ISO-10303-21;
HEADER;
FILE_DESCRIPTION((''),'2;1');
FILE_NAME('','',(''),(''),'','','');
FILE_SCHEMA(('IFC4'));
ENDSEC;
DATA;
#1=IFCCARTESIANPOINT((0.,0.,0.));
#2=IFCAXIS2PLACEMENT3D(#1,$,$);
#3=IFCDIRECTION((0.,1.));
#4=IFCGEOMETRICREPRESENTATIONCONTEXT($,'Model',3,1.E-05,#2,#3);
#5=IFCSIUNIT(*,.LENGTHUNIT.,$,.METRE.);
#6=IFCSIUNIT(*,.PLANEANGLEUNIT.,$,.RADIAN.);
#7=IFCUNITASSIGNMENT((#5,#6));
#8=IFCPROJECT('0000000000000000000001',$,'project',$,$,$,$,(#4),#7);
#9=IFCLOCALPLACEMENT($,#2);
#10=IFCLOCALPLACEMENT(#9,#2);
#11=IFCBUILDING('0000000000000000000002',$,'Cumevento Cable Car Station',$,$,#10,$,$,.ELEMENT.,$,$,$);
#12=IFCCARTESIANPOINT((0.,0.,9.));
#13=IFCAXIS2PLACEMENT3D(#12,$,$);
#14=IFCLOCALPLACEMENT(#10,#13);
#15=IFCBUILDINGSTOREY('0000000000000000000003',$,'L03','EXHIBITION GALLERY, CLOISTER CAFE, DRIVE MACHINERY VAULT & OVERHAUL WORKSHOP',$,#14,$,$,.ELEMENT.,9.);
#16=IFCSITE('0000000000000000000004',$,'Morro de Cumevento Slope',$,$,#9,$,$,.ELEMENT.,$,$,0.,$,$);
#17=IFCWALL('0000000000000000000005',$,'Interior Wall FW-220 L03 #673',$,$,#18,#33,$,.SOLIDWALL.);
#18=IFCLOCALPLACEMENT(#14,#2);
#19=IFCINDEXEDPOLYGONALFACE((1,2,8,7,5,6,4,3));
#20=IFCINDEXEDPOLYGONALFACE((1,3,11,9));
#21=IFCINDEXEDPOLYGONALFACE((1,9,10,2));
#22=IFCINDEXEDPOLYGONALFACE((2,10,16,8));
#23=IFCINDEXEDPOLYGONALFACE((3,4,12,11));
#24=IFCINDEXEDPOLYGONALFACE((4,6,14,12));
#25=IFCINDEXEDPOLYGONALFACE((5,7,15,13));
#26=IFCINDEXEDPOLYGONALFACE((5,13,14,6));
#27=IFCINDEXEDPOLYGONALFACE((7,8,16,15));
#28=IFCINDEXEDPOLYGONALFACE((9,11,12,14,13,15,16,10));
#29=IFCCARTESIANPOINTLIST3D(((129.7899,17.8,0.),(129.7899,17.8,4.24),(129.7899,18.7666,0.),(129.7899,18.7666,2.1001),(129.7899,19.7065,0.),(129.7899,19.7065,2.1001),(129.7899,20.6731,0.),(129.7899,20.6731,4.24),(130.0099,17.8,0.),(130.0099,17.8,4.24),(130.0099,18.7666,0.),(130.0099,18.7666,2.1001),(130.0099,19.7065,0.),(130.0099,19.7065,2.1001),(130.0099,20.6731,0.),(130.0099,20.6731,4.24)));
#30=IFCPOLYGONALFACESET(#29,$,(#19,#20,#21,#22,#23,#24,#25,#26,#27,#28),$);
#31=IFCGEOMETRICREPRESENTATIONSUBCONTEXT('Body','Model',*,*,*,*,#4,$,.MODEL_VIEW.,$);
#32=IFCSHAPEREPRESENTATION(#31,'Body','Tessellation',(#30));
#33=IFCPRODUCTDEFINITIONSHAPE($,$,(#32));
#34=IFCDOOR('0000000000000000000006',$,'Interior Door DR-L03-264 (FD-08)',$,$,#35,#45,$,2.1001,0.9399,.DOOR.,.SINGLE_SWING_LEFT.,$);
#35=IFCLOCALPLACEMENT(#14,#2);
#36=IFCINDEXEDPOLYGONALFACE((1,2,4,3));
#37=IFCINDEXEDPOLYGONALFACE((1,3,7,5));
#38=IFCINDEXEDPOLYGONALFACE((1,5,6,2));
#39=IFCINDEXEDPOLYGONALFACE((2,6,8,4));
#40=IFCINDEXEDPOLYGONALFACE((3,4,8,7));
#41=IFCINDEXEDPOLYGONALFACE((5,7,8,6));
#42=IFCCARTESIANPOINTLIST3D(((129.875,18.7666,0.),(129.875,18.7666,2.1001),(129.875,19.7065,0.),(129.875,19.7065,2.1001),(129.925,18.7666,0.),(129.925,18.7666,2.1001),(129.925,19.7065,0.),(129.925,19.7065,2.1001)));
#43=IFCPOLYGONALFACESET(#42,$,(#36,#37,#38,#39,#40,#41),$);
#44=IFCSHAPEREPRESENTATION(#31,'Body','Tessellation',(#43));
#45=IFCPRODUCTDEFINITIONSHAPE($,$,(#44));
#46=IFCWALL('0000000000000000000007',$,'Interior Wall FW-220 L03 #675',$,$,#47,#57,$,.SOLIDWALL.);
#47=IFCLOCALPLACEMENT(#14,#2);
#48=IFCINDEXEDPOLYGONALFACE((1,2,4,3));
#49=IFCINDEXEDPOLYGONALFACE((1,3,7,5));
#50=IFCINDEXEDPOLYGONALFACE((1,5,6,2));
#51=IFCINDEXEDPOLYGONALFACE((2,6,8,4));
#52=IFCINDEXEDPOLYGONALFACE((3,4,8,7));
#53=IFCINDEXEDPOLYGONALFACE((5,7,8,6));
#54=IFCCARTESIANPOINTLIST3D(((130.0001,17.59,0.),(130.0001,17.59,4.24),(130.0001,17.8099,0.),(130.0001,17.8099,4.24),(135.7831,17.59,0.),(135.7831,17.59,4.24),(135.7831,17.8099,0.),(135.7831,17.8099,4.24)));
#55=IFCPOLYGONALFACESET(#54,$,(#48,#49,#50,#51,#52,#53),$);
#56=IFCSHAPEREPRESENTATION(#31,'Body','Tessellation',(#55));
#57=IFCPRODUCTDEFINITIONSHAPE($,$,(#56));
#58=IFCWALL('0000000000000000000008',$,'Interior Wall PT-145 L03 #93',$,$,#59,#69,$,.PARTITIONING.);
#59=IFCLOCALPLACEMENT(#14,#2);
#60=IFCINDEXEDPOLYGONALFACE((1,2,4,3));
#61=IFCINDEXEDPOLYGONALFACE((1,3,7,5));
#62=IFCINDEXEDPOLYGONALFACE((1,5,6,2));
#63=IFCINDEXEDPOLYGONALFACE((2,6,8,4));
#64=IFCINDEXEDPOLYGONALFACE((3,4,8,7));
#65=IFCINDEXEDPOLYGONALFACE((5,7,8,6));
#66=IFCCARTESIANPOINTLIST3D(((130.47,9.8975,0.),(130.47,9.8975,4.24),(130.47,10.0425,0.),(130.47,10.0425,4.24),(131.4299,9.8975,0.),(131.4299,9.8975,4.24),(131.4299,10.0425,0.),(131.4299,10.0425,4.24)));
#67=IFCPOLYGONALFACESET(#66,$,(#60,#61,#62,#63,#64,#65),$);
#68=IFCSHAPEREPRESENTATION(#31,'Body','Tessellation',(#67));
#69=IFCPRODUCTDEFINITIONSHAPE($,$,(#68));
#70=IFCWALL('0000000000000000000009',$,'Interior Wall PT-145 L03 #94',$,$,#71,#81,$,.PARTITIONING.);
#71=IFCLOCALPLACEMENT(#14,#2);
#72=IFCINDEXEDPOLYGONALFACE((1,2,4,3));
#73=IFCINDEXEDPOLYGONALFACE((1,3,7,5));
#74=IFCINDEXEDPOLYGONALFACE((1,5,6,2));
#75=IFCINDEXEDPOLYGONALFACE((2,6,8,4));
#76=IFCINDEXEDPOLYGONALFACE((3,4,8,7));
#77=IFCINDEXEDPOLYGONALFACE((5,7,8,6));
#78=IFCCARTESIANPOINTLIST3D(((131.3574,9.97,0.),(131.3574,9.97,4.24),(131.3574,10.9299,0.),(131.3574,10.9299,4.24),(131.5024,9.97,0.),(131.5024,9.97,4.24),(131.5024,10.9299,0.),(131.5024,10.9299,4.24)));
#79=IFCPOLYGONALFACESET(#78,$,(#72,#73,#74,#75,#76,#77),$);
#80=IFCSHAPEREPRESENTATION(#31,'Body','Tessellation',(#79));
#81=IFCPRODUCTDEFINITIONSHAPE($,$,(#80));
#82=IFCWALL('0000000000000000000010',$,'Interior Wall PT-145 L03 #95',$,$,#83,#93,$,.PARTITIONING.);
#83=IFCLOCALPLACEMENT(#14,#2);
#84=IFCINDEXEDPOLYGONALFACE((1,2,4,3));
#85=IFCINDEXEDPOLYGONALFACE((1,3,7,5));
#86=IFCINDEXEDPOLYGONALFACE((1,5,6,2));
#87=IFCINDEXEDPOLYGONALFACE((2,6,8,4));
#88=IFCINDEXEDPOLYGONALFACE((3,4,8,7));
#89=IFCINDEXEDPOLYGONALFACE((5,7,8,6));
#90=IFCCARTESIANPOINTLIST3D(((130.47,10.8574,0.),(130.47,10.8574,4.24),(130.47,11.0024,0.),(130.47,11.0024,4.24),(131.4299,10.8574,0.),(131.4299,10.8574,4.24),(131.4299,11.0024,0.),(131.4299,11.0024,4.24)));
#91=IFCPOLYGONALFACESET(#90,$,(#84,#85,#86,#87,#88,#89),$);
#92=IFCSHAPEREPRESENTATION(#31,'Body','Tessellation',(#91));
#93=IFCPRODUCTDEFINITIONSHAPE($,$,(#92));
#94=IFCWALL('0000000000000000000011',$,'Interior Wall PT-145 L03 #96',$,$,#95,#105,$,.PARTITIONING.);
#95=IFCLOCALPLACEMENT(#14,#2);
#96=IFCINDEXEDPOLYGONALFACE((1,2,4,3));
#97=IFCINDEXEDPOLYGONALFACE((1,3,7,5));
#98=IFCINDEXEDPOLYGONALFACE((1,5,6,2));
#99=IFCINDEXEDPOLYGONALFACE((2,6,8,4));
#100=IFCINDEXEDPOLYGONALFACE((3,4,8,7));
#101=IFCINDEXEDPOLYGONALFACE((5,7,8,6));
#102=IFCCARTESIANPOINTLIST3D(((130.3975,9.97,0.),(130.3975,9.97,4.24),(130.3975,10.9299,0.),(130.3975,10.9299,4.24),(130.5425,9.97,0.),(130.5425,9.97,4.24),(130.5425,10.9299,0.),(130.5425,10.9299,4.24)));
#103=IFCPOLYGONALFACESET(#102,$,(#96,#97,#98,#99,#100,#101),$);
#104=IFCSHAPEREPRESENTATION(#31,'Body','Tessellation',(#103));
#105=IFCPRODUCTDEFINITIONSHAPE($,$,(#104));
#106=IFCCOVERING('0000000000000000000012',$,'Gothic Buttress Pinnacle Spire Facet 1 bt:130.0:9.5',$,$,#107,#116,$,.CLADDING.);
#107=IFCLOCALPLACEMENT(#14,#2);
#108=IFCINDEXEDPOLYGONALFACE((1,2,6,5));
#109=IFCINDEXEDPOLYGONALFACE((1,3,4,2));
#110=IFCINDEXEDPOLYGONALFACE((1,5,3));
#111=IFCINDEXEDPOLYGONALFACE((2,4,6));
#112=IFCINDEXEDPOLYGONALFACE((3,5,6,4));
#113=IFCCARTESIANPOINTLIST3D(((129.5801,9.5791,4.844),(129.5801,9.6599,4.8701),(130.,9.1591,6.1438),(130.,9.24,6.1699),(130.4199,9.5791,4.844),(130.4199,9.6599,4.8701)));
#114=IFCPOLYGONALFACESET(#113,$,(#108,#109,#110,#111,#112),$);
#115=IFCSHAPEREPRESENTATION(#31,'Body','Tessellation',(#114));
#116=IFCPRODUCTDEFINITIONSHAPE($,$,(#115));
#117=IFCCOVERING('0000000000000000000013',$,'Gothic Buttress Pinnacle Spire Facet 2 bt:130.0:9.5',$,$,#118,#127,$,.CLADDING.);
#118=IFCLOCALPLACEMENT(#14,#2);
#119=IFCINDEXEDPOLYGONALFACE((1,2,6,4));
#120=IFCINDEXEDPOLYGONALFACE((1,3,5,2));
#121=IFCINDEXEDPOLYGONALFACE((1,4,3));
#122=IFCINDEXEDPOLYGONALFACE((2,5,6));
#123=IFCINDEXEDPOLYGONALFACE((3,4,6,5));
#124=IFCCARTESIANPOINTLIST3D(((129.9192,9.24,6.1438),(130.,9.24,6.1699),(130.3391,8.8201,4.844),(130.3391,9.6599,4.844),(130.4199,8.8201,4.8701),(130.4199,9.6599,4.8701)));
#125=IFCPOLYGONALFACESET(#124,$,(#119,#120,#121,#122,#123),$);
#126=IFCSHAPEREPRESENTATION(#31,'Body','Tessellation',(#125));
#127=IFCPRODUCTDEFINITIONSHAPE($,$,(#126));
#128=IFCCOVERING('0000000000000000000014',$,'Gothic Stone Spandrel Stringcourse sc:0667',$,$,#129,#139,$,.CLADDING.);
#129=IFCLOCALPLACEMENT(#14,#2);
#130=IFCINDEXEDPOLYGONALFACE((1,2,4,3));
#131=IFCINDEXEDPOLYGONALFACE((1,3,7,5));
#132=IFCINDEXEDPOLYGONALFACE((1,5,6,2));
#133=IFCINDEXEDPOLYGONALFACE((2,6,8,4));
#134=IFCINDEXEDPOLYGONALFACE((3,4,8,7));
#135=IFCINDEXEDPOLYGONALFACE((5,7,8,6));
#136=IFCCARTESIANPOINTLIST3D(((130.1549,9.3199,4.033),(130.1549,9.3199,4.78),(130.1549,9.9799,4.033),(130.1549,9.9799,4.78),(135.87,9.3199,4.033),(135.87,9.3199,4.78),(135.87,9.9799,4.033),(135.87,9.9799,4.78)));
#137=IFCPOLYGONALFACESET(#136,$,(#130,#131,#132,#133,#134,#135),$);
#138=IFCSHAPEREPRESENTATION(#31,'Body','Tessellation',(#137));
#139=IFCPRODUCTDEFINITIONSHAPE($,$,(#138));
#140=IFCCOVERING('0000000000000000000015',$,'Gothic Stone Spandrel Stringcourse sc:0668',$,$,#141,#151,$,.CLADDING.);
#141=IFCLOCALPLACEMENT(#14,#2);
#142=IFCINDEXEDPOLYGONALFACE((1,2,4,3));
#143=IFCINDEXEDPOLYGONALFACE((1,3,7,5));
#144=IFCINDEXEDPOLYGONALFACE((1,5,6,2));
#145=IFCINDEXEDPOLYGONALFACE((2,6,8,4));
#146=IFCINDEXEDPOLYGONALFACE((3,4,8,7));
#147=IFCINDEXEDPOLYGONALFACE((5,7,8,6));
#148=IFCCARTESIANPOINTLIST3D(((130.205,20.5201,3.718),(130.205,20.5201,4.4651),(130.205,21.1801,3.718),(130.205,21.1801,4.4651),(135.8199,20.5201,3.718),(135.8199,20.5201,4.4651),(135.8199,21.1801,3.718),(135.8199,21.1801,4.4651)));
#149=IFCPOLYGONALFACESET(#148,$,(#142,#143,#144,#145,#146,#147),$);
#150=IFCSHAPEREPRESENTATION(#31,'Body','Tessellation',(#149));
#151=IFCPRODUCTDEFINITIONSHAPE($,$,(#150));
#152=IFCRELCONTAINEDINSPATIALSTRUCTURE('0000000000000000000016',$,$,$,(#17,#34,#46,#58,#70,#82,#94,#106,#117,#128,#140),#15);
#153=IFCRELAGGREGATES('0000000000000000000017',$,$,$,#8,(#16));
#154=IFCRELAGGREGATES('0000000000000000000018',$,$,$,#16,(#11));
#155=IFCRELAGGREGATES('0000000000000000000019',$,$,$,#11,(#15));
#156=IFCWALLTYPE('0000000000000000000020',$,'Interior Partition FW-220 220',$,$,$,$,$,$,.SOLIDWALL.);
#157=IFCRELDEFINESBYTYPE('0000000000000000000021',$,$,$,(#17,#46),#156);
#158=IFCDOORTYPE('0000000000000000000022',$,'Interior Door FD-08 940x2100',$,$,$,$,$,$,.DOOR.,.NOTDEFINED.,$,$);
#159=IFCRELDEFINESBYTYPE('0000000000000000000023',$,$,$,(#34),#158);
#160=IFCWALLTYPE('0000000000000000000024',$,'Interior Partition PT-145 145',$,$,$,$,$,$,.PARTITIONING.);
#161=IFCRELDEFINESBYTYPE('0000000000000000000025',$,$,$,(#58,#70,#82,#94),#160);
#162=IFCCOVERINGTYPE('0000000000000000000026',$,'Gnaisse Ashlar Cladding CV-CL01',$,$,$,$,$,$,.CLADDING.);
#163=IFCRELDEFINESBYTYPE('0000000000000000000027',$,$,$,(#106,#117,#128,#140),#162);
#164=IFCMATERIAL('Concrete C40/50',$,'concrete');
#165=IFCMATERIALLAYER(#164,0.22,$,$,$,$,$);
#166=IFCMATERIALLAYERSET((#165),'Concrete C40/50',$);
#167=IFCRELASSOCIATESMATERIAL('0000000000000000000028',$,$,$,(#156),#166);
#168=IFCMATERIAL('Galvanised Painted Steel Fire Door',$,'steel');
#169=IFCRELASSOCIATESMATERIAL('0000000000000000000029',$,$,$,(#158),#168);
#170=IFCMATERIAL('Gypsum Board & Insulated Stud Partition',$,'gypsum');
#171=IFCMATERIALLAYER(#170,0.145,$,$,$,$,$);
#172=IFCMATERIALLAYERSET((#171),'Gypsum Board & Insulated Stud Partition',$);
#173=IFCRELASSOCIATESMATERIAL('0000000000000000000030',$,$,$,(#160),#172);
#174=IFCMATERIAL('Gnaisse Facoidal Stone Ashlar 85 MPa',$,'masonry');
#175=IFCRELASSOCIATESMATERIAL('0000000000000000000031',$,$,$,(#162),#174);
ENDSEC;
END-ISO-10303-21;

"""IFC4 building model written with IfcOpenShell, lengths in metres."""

from ifc_helpers import new_model, si_unit, direction, frame, frame_2d, origin, origin_2d, place, context, subcontext, project, spatial, polyline, rectangle, outline, extrude, material, layer, layer_set, type_object, element, fill, save


model = new_model("IFC4")

# Units and contexts
model_context = context("Model", 3, precision=1e-05, world=origin(), true_north=direction((0.0, 1.0)))
body_context = subcontext(model_context, "Body", "Model", "MODEL_VIEW")
ifc_project = project(units=[si_unit("LENGTHUNIT", "METRE"), si_unit("PLANEANGLEUNIT", "RADIAN")], contexts=[model_context])

# Site, building, storey
site_placement = place(None, origin())
site = spatial("IfcSite", under=ifc_project, at=site_placement, Name="Morro de Cumevento Slope", CompositionType="ELEMENT", RefElevation=0.0)
building_placement = place(site_placement, origin())
building = spatial("IfcBuilding", under=site, at=building_placement, Name="Cumevento Cable Car Station", CompositionType="ELEMENT")
storey_placement = place(building_placement, frame((0.0, 0.0, 9.0)))
storey = spatial("IfcBuildingStorey", under=building, at=storey_placement, Name="L03", Description="EXHIBITION GALLERY, CLOISTER CAFE, DRIVE MACHINERY VAULT & OVERHAUL WORKSHOP", CompositionType="ELEMENT", Elevation=9.0)

# Wall, opening, door
ifc_material_1 = material(Name="Concrete C40/50", Category="concrete")
ifc_layer_1 = layer(ifc_material_1, 0.22)
ifc_layer_set_1 = layer_set([ifc_layer_1], Name="Concrete C40/50")
wall_type_1 = type_object("IfcWallType", Name="Interior Partition FW-220 220", PredefinedType="SOLIDWALL", material=ifc_layer_set_1)
wall_1_placement = place(storey_placement, frame((129.8999, 17.8, 0.0), z_axis=(0.0, 0.0, 1.0), x_axis=(0.0, 1.0, 0.0)))
wall_1 = element("IfcWall", 1, at=wall_1_placement, inside=storey, type_object=wall_type_1, Name="Interior Wall FW-220 L03 #673", PredefinedType="SOLIDWALL", context=body_context, shape_type="SweptSolid", body=[
    extrude(rectangle(XDim=2.873, YDim=0.22, at=frame_2d((1.4365, 0.0))), origin(), (0.0, 0.0, 1.0), 4.24),
])
opening_1_placement = place(wall_1_placement, frame((0.9666, 0.0, 0.0)))
opening_1 = element("IfcOpeningElement", 2, at=opening_1_placement, cuts=wall_1, PredefinedType="OPENING", context=body_context, shape_type="SweptSolid", body=[
    extrude(rectangle(XDim=0.9399, YDim=2.1001, at=frame_2d((0.47, 1.05))), frame((0.0, 0.1199, 0.0), z_axis=(0.0, -1.0, 0.0), x_axis=(1.0, 0.0, 0.0)), (0.0, 0.0, 1.0), 0.24),
])
ifc_material_2 = material(Name="Galvanised Painted Steel Fire Door", Category="steel")
door_type_1 = type_object("IfcDoorType", Name="Interior Door FD-08 940x2100", OperationType="NOTDEFINED", PredefinedType="DOOR", material=ifc_material_2)
door_1_placement = place(opening_1_placement, origin())
door_1 = element("IfcDoor", 3, at=door_1_placement, inside=storey, type_object=door_type_1, Name="Interior Door DR-L03-264 (FD-08)", OperationType="SINGLE_SWING_LEFT", OverallHeight=2.1001, OverallWidth=0.9399, PredefinedType="DOOR", context=body_context, shape_type="SweptSolid", body=[
    extrude(rectangle(XDim=0.9399, YDim=2.1001, at=frame_2d((0.47, 1.05))), frame((0.0, 0.0249, 0.0), z_axis=(0.0, -1.0, 0.0), x_axis=(1.0, 0.0, 0.0)), (0.0, 0.0, 1.0), 0.05),
])
fill(opening_1, door_1)

# Wall
wall_2_placement = place(storey_placement, frame((130.0, 17.7, 0.0), z_axis=(0.0, 0.0, 1.0), x_axis=(1.0, 0.0, 0.0)))
element("IfcWall", 4, at=wall_2_placement, inside=storey, type_object=wall_type_1, Name="Interior Wall FW-220 L03 #675", PredefinedType="SOLIDWALL", context=body_context, shape_type="SweptSolid", body=[
    extrude(rectangle(XDim=5.783, YDim=0.22, at=frame_2d((2.8916, 0.0))), origin(), (0.0, 0.0, 1.0), 4.24),
])

# Walls
ifc_material_3 = material(Name="Gypsum Board & Insulated Stud Partition", Category="gypsum")
ifc_layer_2 = layer(ifc_material_3, 0.145)
ifc_layer_set_2 = layer_set([ifc_layer_2], Name="Gypsum Board & Insulated Stud Partition")
wall_type_2 = type_object("IfcWallType", Name="Interior Partition PT-145 145", PredefinedType="PARTITIONING", material=ifc_layer_set_2)
for number, where, z_axis, x_axis, name in (
    (5, (130.47, 9.97, 0.0), (0.0, 0.0, 1.0), (1.0, 0.0, 0.0), "Interior Wall PT-145 L03 #93"),
    (6, (131.4299, 9.97, 0.0), (0.0, 0.0, 1.0), (0.0, 1.0, 0.0), "Interior Wall PT-145 L03 #94"),
    (7, (131.4299, 10.9299, 0.0), (0.0, 0.0, 1.0), (-1.0, 0.0, 0.0), "Interior Wall PT-145 L03 #95"),
    (8, (130.47, 10.9299, 0.0), (0.0, 0.0, 1.0), (0.0, -1.0, 0.0), "Interior Wall PT-145 L03 #96"),
):
    element("IfcWall", number, at=place(storey_placement, frame(where, z_axis=z_axis, x_axis=x_axis)), inside=storey, type_object=wall_type_2, Name=name, PredefinedType="PARTITIONING", context=body_context, shape_type="SweptSolid", body=[
        extrude(rectangle(XDim=0.96, YDim=0.145, at=frame_2d((0.48, 0.0))), origin(), (0.0, 0.0, 1.0), 4.24),
    ])

# Coverings
ifc_material_4 = material(Name="Gnaisse Facoidal Stone Ashlar 85 MPa", Category="masonry")
covering_type = type_object("IfcCoveringType", Name="Gnaisse Ashlar Cladding CV-CL01", PredefinedType="CLADDING", material=ifc_material_4)
for number, where, z_axis, x_axis, name in (
    (9, (129.5801, 9.6599, 4.8701), (0.0, 0.951574, 0.307421), (1.0, 0.0, 0.0), "Gothic Buttress Pinnacle Spire Facet 1 bt:130.0:9.5"),
    (10, (130.4199, 9.6599, 4.8701), (0.951574, 0.0, 0.307421), (0.0, -1.0, 0.0), "Gothic Buttress Pinnacle Spire Facet 2 bt:130.0:9.5"),
):
    element("IfcCovering", number, at=place(storey_placement, frame(where, z_axis=z_axis, x_axis=x_axis)), inside=storey, type_object=covering_type, Name=name, PredefinedType="CLADDING", context=body_context, shape_type="SweptSolid", body=[
        extrude(outline(polyline([(0.0, 0.0), (0.8398, 0.0), (0.4199, -1.366), (0.0, 0.0)])), origin(), (0.0, 0.0, -1.0), 0.085),
    ])
covering_1_placement = place(storey_placement, frame((133.0125, 9.6499, 4.033), z_axis=(0.0, 0.0, 1.0), x_axis=(-1.0, 0.0, 0.0)))
element("IfcCovering", 11, at=covering_1_placement, inside=storey, type_object=covering_type, Name="Gothic Stone Spandrel Stringcourse sc:0667", PredefinedType="CLADDING", context=body_context, shape_type="SweptSolid", body=[
    extrude(rectangle(XDim=5.7151, YDim=0.6599, at=origin_2d()), origin(), (0.0, 0.0, 1.0), 0.7471),
])
covering_2_placement = place(storey_placement, frame((133.0125, 20.8501, 3.718), z_axis=(0.0, 0.0, 1.0), x_axis=(1.0, 0.0, 0.0)))
element("IfcCovering", 12, at=covering_2_placement, inside=storey, type_object=covering_type, Name="Gothic Stone Spandrel Stringcourse sc:0668", PredefinedType="CLADDING", context=body_context, shape_type="SweptSolid", body=[
    extrude(rectangle(XDim=5.615, YDim=0.6599, at=origin_2d()), origin(), (0.0, 0.0, 1.0), 0.7471),
])

save(model, "model.ifc")
